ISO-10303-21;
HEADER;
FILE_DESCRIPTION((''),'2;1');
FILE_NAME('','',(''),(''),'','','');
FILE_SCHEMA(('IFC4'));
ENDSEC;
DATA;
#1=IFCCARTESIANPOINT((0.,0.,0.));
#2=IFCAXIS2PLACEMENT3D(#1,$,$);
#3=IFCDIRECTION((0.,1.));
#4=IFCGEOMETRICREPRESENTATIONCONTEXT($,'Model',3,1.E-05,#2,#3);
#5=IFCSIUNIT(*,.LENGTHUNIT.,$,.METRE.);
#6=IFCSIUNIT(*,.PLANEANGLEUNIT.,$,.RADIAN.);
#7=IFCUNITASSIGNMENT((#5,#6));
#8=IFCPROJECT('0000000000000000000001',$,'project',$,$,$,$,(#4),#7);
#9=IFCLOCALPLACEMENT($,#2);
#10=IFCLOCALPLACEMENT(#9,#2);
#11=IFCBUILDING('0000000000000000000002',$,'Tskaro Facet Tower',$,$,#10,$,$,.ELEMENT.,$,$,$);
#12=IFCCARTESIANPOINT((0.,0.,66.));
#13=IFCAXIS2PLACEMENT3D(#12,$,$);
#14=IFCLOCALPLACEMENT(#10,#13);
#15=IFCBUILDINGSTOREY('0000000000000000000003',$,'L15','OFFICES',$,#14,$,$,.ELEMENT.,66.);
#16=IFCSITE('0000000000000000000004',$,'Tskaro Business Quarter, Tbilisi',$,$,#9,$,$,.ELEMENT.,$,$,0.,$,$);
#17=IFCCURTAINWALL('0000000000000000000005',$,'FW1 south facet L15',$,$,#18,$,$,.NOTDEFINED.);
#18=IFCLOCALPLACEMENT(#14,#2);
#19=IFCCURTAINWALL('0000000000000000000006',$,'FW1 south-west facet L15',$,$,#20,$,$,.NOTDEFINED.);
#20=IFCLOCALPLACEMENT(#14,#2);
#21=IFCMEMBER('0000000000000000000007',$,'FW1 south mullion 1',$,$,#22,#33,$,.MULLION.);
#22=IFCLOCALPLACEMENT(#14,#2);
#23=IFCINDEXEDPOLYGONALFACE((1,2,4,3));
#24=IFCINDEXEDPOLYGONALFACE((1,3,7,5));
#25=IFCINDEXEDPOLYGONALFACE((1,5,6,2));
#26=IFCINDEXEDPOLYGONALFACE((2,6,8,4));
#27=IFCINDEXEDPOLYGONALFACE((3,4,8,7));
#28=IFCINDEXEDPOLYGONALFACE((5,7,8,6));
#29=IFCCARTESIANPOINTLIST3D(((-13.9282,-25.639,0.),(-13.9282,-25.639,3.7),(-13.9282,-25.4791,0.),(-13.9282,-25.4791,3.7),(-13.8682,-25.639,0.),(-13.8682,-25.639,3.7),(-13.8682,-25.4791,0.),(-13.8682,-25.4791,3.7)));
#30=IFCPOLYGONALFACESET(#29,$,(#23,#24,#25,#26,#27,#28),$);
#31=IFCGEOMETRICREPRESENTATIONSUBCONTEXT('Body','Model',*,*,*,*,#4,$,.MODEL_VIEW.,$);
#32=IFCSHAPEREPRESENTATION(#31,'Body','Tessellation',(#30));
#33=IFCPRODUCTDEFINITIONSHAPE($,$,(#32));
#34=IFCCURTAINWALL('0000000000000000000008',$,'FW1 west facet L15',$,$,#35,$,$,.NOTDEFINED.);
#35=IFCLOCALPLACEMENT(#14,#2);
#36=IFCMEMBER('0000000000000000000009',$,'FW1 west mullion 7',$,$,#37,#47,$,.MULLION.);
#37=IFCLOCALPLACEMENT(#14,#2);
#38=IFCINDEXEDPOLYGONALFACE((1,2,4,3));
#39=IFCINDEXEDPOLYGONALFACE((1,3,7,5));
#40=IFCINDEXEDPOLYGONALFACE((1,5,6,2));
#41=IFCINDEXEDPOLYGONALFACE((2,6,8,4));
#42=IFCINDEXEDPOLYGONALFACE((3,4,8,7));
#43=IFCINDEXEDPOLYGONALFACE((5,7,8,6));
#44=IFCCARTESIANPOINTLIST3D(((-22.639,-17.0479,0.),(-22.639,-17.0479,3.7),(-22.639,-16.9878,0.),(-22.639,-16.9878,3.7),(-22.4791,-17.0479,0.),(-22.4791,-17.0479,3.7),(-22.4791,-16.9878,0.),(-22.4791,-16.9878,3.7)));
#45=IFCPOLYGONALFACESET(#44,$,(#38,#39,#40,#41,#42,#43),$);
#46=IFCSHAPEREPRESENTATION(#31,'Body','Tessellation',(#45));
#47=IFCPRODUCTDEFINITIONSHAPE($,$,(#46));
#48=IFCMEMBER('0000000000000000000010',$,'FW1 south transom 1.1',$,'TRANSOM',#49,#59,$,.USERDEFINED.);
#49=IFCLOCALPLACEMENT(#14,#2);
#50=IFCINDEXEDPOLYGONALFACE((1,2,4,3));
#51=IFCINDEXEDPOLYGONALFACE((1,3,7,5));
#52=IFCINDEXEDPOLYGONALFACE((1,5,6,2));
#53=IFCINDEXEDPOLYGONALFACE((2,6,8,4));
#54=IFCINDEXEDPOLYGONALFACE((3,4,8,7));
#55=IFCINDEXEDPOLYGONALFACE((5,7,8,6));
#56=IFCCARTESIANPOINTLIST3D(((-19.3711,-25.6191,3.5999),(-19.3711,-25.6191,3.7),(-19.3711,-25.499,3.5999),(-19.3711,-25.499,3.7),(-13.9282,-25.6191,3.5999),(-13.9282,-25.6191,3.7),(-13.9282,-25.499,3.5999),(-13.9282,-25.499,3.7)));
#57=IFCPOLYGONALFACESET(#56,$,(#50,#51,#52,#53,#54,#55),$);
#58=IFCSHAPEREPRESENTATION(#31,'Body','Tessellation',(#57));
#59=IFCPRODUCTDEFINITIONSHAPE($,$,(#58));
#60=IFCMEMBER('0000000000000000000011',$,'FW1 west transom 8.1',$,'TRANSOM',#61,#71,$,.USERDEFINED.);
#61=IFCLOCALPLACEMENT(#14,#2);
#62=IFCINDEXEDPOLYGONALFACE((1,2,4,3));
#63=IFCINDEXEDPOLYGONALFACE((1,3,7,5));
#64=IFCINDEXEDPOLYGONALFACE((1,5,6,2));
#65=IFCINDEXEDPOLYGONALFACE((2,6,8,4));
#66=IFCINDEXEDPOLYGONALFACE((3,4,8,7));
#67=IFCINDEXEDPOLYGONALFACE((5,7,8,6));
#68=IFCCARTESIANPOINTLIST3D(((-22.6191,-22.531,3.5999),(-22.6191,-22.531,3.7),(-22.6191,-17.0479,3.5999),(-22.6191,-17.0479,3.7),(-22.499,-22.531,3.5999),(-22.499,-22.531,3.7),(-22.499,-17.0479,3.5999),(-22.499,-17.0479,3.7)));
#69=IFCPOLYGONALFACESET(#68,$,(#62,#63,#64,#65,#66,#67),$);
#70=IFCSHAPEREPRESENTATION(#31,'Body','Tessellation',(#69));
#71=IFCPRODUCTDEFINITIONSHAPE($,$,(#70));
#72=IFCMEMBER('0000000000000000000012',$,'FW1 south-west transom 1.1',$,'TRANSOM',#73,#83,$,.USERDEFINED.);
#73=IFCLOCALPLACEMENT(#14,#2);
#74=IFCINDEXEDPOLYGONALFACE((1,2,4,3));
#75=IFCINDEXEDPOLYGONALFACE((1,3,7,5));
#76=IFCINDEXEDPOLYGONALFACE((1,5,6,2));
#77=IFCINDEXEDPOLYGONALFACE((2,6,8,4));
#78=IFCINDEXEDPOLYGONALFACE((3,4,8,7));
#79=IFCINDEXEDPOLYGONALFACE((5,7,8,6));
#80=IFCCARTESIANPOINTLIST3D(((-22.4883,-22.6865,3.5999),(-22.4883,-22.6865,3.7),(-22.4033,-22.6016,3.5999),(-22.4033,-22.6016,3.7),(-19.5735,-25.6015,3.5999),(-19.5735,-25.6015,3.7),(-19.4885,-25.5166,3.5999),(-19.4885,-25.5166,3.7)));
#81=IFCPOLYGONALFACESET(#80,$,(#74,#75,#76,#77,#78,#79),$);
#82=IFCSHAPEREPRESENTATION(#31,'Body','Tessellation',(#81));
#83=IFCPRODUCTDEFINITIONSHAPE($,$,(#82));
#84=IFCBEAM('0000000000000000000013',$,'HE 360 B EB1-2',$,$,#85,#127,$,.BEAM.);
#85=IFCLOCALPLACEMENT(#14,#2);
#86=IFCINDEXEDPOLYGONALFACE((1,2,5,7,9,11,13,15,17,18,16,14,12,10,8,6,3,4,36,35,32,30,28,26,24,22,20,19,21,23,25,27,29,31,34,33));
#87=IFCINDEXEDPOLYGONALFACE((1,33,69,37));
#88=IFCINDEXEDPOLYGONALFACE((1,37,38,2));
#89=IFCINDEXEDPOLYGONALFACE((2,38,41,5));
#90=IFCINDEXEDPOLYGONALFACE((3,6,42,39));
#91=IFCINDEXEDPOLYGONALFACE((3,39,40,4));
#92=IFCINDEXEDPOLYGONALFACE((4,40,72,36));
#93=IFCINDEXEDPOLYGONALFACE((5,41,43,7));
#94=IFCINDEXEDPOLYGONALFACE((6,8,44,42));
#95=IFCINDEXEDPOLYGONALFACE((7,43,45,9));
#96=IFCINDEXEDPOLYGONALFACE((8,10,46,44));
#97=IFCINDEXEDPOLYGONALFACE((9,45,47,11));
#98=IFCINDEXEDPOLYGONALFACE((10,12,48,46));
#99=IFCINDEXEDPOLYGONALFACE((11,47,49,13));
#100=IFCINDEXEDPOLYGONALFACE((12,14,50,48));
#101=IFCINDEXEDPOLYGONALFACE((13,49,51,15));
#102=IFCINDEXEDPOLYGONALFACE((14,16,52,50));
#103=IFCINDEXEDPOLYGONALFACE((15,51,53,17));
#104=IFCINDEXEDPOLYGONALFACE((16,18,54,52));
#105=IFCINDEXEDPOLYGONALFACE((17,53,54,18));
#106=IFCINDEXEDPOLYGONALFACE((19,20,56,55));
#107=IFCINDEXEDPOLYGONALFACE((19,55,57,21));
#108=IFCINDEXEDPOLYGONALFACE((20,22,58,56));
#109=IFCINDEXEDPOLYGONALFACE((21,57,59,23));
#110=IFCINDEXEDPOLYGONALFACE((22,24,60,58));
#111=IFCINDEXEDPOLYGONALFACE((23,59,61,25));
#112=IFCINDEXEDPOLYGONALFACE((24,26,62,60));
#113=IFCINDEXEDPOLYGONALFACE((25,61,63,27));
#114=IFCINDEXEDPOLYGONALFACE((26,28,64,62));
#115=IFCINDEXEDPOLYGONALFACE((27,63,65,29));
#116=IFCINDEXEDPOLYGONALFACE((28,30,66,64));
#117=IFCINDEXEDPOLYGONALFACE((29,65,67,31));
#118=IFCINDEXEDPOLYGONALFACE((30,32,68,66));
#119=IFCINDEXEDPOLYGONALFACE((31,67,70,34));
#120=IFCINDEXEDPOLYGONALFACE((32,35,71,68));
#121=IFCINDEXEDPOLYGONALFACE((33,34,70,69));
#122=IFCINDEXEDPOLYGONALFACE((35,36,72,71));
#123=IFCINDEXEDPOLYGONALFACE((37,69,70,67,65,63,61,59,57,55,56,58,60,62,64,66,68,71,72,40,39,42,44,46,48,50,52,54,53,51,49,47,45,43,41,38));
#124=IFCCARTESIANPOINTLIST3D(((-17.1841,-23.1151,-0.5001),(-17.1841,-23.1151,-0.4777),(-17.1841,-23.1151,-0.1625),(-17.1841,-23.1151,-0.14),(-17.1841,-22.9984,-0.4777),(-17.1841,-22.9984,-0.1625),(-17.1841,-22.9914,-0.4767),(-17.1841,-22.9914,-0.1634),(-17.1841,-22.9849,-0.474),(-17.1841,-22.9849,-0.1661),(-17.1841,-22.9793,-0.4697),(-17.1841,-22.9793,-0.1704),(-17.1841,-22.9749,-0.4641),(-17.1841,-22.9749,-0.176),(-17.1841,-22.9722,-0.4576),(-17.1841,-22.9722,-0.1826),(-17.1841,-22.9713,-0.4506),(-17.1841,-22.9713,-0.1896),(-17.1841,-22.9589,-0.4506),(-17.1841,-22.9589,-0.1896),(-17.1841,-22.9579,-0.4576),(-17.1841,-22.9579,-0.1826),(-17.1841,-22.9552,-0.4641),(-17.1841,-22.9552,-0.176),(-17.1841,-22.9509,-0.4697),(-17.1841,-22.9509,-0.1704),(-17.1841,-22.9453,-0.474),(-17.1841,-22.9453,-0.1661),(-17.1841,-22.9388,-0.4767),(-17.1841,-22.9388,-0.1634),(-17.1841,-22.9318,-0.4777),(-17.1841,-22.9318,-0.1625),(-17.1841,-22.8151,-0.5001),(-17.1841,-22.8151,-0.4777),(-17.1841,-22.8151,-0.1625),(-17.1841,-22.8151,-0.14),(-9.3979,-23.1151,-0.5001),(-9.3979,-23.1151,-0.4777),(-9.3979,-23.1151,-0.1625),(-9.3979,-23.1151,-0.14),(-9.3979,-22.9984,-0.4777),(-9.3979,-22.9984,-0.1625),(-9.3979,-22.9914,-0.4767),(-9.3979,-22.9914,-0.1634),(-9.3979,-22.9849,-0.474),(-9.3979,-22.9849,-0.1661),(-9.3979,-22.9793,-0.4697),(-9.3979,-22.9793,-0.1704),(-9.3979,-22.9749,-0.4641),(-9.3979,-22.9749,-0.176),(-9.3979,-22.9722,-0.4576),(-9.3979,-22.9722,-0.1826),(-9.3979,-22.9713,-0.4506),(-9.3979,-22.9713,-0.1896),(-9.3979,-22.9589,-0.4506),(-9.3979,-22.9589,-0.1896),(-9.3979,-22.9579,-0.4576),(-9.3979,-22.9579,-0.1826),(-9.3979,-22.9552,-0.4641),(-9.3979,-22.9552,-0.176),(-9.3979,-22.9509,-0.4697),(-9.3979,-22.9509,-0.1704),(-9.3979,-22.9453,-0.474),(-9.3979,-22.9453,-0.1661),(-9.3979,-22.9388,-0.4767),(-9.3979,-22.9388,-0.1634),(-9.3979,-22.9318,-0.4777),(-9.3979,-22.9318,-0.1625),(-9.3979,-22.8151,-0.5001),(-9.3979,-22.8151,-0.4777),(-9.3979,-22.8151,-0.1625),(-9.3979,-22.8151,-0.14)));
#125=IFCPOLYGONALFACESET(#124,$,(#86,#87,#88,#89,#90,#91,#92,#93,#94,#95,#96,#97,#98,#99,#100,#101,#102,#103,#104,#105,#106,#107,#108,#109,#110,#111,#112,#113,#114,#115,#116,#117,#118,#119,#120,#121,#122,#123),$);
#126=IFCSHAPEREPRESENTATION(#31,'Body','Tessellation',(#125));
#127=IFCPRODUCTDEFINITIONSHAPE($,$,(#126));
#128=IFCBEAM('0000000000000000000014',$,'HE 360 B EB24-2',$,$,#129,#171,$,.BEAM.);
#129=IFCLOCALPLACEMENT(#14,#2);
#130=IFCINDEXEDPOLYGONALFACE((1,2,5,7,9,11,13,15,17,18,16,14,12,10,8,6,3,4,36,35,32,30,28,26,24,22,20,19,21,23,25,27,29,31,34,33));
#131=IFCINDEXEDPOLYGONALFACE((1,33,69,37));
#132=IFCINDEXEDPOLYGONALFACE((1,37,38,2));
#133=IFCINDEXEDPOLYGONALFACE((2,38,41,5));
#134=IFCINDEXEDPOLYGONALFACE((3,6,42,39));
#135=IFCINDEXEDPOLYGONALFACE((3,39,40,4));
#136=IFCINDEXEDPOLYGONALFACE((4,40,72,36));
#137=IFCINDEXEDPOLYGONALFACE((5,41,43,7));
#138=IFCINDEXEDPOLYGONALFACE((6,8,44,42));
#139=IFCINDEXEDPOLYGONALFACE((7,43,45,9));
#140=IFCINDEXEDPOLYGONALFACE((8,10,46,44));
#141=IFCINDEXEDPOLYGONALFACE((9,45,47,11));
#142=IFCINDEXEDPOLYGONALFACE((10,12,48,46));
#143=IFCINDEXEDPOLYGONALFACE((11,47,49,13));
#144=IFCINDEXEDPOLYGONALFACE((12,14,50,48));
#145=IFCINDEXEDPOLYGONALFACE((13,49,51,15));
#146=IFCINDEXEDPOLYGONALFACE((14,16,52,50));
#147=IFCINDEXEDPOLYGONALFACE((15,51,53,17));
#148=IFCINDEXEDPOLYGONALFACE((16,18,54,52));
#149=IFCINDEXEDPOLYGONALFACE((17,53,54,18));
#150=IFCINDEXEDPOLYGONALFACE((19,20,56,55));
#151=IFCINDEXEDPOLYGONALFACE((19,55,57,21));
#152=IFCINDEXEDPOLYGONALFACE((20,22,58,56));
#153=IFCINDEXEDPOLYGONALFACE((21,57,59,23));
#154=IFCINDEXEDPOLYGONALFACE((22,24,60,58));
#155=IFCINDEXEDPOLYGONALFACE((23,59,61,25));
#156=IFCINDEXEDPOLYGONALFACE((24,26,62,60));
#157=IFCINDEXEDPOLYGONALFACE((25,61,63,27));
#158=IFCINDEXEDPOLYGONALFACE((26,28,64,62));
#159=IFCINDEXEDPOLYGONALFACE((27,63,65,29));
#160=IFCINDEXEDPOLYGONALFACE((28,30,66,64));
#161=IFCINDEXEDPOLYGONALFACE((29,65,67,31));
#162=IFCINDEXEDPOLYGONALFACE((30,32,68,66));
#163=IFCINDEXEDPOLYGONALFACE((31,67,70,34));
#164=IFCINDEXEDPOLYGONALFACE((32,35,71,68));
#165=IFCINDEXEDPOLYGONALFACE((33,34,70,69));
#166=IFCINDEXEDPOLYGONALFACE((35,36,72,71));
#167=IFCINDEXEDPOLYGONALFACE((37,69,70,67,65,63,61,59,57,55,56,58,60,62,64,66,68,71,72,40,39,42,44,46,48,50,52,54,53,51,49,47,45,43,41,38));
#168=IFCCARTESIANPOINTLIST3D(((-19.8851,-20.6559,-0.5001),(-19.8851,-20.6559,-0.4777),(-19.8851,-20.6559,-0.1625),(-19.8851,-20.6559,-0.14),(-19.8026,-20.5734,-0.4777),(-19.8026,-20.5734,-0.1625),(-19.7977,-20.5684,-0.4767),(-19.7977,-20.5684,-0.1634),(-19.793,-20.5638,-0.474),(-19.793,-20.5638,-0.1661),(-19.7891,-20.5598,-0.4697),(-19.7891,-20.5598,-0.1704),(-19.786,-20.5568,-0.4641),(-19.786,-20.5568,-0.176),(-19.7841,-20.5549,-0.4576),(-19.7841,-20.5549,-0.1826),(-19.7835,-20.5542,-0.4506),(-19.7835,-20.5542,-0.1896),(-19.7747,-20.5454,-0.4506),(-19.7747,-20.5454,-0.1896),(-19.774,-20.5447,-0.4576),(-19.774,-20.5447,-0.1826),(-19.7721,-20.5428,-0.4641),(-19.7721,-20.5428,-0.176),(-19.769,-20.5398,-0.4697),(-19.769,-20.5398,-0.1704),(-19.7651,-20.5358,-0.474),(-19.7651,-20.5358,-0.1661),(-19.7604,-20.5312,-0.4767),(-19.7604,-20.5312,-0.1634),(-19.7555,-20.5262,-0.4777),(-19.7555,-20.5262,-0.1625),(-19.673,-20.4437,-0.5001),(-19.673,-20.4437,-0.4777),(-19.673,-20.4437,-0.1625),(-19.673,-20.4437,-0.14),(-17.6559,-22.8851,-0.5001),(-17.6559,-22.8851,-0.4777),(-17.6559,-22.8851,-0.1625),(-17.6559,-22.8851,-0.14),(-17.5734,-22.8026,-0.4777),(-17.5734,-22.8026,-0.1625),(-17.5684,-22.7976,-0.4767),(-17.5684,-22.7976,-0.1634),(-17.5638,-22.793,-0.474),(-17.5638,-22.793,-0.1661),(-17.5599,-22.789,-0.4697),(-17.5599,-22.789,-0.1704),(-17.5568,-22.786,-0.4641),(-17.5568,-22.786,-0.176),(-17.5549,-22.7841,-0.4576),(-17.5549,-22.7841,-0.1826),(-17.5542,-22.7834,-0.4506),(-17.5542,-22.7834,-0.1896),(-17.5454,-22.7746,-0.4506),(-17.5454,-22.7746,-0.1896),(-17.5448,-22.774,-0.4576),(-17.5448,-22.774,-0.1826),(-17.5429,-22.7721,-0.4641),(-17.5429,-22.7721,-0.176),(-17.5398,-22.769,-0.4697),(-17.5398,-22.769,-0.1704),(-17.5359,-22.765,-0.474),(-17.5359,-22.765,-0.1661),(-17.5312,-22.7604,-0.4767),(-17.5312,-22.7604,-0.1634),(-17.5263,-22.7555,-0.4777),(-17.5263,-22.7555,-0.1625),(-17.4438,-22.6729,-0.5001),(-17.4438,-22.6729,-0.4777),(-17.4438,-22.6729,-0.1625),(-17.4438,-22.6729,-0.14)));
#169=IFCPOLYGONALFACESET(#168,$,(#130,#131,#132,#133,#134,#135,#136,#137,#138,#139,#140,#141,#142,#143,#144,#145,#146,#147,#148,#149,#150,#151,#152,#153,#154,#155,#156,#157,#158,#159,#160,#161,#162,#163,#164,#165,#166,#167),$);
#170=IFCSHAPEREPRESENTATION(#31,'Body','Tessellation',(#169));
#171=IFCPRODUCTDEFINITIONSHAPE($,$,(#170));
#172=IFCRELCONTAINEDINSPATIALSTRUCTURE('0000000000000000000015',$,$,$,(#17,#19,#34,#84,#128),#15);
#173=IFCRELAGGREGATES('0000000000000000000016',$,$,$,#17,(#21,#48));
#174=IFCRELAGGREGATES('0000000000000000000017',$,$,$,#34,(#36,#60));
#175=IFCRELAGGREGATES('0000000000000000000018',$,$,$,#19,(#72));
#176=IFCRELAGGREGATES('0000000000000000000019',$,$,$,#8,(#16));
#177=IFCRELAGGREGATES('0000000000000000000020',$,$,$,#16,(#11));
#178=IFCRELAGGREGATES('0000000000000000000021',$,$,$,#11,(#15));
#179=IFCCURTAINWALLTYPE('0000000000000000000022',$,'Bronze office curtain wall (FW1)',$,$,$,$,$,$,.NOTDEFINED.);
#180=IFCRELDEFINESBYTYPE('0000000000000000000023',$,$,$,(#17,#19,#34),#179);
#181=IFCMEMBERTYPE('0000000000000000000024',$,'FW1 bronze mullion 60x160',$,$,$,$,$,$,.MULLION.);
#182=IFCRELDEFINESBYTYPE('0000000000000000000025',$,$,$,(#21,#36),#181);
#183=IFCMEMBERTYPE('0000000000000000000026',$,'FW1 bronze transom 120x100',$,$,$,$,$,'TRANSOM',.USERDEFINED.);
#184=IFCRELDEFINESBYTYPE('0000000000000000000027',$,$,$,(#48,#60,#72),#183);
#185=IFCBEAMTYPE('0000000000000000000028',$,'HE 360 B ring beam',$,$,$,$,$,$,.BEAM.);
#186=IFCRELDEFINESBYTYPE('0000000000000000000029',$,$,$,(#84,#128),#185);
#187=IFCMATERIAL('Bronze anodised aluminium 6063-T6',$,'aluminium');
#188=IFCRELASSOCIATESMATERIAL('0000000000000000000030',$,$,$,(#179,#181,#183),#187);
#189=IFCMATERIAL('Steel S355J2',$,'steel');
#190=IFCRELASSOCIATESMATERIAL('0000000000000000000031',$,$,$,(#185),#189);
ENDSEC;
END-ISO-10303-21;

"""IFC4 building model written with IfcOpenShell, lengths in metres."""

from ifc_helpers import new_model, si_unit, direction, frame, origin, origin_2d, place, context, subcontext, project, spatial, rectangle, i_section, extrude, material, material_profile, profile_set, type_object, element, aggregate, save


model = new_model("IFC4")

# Units and contexts
model_context = context("Model", 3, precision=1e-05, world=origin(), true_north=direction((0.0, 1.0)))
body_context = subcontext(model_context, "Body", "Model", "MODEL_VIEW")
ifc_project = project(units=[si_unit("LENGTHUNIT", "METRE"), si_unit("PLANEANGLEUNIT", "RADIAN")], contexts=[model_context])

# Site, building, storey
site_placement = place(None, origin())
site = spatial("IfcSite", under=ifc_project, at=site_placement, Name="Tskaro Business Quarter, Tbilisi", CompositionType="ELEMENT", RefElevation=0.0)
building_placement = place(site_placement, origin())
building = spatial("IfcBuilding", under=site, at=building_placement, Name="Tskaro Facet Tower", CompositionType="ELEMENT")
storey_placement = place(building_placement, frame((0.0, 0.0, 66.0)))
storey = spatial("IfcBuildingStorey", under=building, at=storey_placement, Name="L15", Description="OFFICES", CompositionType="ELEMENT", Elevation=66.0)

# Curtain walls
ifc_material_1 = material(Name="Bronze anodised aluminium 6063-T6", Category="aluminium")
curtain_wall_type = type_object("IfcCurtainWallType", Name="Bronze office curtain wall (FW1)", PredefinedType="NOTDEFINED", material=ifc_material_1)
curtain_wall_1_placement = place(storey_placement, origin())
curtain_wall_1 = element("IfcCurtainWall", 1, at=curtain_wall_1_placement, inside=storey, type_object=curtain_wall_type, Name="FW1 south facet L15", PredefinedType="NOTDEFINED")
curtain_wall_2_placement = place(storey_placement, origin())
curtain_wall_2 = element("IfcCurtainWall", 2, at=curtain_wall_2_placement, inside=storey, type_object=curtain_wall_type, Name="FW1 south-west facet L15", PredefinedType="NOTDEFINED")

# Member
ifc_material_profile_1 = material_profile(ifc_material_1, rectangle(XDim=0.0601, YDim=0.1599, at=origin_2d()), Name="Mullion 60x160")
ifc_profile_set_1 = profile_set([ifc_material_profile_1], Name="Bronze anodised aluminium 6063-T6")
member_type_1 = type_object("IfcMemberType", Name="FW1 bronze mullion 60x160", PredefinedType="MULLION", material=ifc_profile_set_1)
member_1_placement = place(storey_placement, frame((-13.8982, -25.5591, 0.0), z_axis=(0.0, 0.0, 1.0), x_axis=(1.0, 0.0, 0.0)))
member_1 = element("IfcMember", 3, at=member_1_placement, type_object=member_type_1, Name="FW1 south mullion 1", PredefinedType="MULLION", context=body_context, shape_type="SweptSolid", body=[
    extrude(rectangle(XDim=0.0601, YDim=0.1599, at=origin_2d()), origin(), (0.0, 0.0, 1.0), 3.7),
])

# Curtain wall, member
curtain_wall_3_placement = place(storey_placement, origin())
curtain_wall_3 = element("IfcCurtainWall", 4, at=curtain_wall_3_placement, inside=storey, type_object=curtain_wall_type, Name="FW1 west facet L15", PredefinedType="NOTDEFINED")
member_2_placement = place(storey_placement, frame((-22.5591, -17.0178, 0.0), z_axis=(0.0, 0.0, 1.0), x_axis=(0.0, -1.0, 0.0)))
member_2 = element("IfcMember", 5, at=member_2_placement, type_object=member_type_1, Name="FW1 west mullion 7", PredefinedType="MULLION", context=body_context, shape_type="SweptSolid", body=[
    extrude(rectangle(XDim=0.0601, YDim=0.1599, at=origin_2d()), origin(), (0.0, 0.0, 1.0), 3.7),
])

# Members
ifc_material_profile_2 = material_profile(ifc_material_1, rectangle(XDim=0.1201, YDim=0.1001, at=origin_2d()), Name="Transom 120x100")
ifc_profile_set_2 = profile_set([ifc_material_profile_2], Name="Bronze anodised aluminium 6063-T6")
member_type_2 = type_object("IfcMemberType", Name="FW1 bronze transom 120x100", ElementType="TRANSOM", PredefinedType="USERDEFINED", material=ifc_profile_set_2)
member_3_placement = place(storey_placement, frame((-19.3711, -25.5591, 3.6499), z_axis=(1.0, 0.0, 0.0), x_axis=(0.0, 1.0, 0.0)))
member_3 = element("IfcMember", 6, at=member_3_placement, type_object=member_type_2, Name="FW1 south transom 1.1", ObjectType="TRANSOM", PredefinedType="USERDEFINED", context=body_context, shape_type="SweptSolid", body=[
    extrude(rectangle(XDim=0.1201, YDim=0.1001, at=origin_2d()), origin(), (0.0, 0.0, 1.0), 5.4429),
])
member_4_placement = place(storey_placement, frame((-22.5591, -17.0479, 3.6499), z_axis=(0.0, -1.0, 0.0), x_axis=(1.0, 0.0, 0.0)))
member_4 = element("IfcMember", 7, at=member_4_placement, type_object=member_type_2, Name="FW1 west transom 8.1", ObjectType="TRANSOM", PredefinedType="USERDEFINED", context=body_context, shape_type="SweptSolid", body=[
    extrude(rectangle(XDim=0.1201, YDim=0.1001, at=origin_2d()), origin(), (0.0, 0.0, 1.0), 5.4832),
])
member_5_placement = place(storey_placement, frame((-22.4458, -22.644, 3.6499), z_axis=(0.707077, -0.707136, 0.0), x_axis=(0.707136, 0.707077, 0.0)))
member_5 = element("IfcMember", 8, at=member_5_placement, type_object=member_type_2, Name="FW1 south-west transom 1.1", ObjectType="TRANSOM", PredefinedType="USERDEFINED", context=body_context, shape_type="SweptSolid", body=[
    extrude(rectangle(XDim=0.1201, YDim=0.1001, at=origin_2d()), origin(), (0.0, 0.0, 1.0), 4.1223),
])

# Beams
ifc_material_2 = material(Name="Steel S355J2", Category="steel")
ifc_material_profile_3 = material_profile(ifc_material_2, i_section(OverallWidth=0.3, OverallDepth=0.3601, WebThickness=0.0125, FlangeThickness=0.0225, FilletRadius=0.0271, at=origin_2d()), Name="HE 360 B")
ifc_profile_set_3 = profile_set([ifc_material_profile_3], Name="Steel S355J2")
beam_type_1 = type_object("IfcBeamType", Name="HE 360 B ring beam", PredefinedType="BEAM", material=ifc_profile_set_3)
beam_1_placement = place(storey_placement, frame((-17.1841, -22.9651, -0.3201), z_axis=(1.0, 0.0, 0.0), x_axis=(0.0, 1.0, 0.0)))
element("IfcBeam", 9, at=beam_1_placement, inside=storey, type_object=beam_type_1, Name="HE 360 B EB1-2", PredefinedType="BEAM", context=body_context, shape_type="SweptSolid", body=[
    extrude(i_section(OverallWidth=0.3, OverallDepth=0.3601, WebThickness=0.0125, FlangeThickness=0.0225, FilletRadius=0.0271, at=origin_2d()), origin(), (0.0, 0.0, 1.0), 7.7861),
])
beam_2_placement = place(storey_placement, frame((-19.7791, -20.5498, -0.3201), z_axis=(0.707107, -0.707107, 0.0), x_axis=(0.707107, 0.707107, 0.0)))
element("IfcBeam", 10, at=beam_2_placement, inside=storey, type_object=beam_type_1, Name="HE 360 B EB24-2", PredefinedType="BEAM", context=body_context, shape_type="SweptSolid", body=[
    extrude(i_section(OverallWidth=0.3, OverallDepth=0.3601, WebThickness=0.0125, FlangeThickness=0.0225, FilletRadius=0.0271, at=origin_2d()), origin(), (0.0, 0.0, 1.0), 3.1526),
])

aggregate(curtain_wall_1, [member_1, member_3])
aggregate(curtain_wall_3, [member_2, member_4])
aggregate(curtain_wall_2, [member_5])

save(model, "model.ifc")
